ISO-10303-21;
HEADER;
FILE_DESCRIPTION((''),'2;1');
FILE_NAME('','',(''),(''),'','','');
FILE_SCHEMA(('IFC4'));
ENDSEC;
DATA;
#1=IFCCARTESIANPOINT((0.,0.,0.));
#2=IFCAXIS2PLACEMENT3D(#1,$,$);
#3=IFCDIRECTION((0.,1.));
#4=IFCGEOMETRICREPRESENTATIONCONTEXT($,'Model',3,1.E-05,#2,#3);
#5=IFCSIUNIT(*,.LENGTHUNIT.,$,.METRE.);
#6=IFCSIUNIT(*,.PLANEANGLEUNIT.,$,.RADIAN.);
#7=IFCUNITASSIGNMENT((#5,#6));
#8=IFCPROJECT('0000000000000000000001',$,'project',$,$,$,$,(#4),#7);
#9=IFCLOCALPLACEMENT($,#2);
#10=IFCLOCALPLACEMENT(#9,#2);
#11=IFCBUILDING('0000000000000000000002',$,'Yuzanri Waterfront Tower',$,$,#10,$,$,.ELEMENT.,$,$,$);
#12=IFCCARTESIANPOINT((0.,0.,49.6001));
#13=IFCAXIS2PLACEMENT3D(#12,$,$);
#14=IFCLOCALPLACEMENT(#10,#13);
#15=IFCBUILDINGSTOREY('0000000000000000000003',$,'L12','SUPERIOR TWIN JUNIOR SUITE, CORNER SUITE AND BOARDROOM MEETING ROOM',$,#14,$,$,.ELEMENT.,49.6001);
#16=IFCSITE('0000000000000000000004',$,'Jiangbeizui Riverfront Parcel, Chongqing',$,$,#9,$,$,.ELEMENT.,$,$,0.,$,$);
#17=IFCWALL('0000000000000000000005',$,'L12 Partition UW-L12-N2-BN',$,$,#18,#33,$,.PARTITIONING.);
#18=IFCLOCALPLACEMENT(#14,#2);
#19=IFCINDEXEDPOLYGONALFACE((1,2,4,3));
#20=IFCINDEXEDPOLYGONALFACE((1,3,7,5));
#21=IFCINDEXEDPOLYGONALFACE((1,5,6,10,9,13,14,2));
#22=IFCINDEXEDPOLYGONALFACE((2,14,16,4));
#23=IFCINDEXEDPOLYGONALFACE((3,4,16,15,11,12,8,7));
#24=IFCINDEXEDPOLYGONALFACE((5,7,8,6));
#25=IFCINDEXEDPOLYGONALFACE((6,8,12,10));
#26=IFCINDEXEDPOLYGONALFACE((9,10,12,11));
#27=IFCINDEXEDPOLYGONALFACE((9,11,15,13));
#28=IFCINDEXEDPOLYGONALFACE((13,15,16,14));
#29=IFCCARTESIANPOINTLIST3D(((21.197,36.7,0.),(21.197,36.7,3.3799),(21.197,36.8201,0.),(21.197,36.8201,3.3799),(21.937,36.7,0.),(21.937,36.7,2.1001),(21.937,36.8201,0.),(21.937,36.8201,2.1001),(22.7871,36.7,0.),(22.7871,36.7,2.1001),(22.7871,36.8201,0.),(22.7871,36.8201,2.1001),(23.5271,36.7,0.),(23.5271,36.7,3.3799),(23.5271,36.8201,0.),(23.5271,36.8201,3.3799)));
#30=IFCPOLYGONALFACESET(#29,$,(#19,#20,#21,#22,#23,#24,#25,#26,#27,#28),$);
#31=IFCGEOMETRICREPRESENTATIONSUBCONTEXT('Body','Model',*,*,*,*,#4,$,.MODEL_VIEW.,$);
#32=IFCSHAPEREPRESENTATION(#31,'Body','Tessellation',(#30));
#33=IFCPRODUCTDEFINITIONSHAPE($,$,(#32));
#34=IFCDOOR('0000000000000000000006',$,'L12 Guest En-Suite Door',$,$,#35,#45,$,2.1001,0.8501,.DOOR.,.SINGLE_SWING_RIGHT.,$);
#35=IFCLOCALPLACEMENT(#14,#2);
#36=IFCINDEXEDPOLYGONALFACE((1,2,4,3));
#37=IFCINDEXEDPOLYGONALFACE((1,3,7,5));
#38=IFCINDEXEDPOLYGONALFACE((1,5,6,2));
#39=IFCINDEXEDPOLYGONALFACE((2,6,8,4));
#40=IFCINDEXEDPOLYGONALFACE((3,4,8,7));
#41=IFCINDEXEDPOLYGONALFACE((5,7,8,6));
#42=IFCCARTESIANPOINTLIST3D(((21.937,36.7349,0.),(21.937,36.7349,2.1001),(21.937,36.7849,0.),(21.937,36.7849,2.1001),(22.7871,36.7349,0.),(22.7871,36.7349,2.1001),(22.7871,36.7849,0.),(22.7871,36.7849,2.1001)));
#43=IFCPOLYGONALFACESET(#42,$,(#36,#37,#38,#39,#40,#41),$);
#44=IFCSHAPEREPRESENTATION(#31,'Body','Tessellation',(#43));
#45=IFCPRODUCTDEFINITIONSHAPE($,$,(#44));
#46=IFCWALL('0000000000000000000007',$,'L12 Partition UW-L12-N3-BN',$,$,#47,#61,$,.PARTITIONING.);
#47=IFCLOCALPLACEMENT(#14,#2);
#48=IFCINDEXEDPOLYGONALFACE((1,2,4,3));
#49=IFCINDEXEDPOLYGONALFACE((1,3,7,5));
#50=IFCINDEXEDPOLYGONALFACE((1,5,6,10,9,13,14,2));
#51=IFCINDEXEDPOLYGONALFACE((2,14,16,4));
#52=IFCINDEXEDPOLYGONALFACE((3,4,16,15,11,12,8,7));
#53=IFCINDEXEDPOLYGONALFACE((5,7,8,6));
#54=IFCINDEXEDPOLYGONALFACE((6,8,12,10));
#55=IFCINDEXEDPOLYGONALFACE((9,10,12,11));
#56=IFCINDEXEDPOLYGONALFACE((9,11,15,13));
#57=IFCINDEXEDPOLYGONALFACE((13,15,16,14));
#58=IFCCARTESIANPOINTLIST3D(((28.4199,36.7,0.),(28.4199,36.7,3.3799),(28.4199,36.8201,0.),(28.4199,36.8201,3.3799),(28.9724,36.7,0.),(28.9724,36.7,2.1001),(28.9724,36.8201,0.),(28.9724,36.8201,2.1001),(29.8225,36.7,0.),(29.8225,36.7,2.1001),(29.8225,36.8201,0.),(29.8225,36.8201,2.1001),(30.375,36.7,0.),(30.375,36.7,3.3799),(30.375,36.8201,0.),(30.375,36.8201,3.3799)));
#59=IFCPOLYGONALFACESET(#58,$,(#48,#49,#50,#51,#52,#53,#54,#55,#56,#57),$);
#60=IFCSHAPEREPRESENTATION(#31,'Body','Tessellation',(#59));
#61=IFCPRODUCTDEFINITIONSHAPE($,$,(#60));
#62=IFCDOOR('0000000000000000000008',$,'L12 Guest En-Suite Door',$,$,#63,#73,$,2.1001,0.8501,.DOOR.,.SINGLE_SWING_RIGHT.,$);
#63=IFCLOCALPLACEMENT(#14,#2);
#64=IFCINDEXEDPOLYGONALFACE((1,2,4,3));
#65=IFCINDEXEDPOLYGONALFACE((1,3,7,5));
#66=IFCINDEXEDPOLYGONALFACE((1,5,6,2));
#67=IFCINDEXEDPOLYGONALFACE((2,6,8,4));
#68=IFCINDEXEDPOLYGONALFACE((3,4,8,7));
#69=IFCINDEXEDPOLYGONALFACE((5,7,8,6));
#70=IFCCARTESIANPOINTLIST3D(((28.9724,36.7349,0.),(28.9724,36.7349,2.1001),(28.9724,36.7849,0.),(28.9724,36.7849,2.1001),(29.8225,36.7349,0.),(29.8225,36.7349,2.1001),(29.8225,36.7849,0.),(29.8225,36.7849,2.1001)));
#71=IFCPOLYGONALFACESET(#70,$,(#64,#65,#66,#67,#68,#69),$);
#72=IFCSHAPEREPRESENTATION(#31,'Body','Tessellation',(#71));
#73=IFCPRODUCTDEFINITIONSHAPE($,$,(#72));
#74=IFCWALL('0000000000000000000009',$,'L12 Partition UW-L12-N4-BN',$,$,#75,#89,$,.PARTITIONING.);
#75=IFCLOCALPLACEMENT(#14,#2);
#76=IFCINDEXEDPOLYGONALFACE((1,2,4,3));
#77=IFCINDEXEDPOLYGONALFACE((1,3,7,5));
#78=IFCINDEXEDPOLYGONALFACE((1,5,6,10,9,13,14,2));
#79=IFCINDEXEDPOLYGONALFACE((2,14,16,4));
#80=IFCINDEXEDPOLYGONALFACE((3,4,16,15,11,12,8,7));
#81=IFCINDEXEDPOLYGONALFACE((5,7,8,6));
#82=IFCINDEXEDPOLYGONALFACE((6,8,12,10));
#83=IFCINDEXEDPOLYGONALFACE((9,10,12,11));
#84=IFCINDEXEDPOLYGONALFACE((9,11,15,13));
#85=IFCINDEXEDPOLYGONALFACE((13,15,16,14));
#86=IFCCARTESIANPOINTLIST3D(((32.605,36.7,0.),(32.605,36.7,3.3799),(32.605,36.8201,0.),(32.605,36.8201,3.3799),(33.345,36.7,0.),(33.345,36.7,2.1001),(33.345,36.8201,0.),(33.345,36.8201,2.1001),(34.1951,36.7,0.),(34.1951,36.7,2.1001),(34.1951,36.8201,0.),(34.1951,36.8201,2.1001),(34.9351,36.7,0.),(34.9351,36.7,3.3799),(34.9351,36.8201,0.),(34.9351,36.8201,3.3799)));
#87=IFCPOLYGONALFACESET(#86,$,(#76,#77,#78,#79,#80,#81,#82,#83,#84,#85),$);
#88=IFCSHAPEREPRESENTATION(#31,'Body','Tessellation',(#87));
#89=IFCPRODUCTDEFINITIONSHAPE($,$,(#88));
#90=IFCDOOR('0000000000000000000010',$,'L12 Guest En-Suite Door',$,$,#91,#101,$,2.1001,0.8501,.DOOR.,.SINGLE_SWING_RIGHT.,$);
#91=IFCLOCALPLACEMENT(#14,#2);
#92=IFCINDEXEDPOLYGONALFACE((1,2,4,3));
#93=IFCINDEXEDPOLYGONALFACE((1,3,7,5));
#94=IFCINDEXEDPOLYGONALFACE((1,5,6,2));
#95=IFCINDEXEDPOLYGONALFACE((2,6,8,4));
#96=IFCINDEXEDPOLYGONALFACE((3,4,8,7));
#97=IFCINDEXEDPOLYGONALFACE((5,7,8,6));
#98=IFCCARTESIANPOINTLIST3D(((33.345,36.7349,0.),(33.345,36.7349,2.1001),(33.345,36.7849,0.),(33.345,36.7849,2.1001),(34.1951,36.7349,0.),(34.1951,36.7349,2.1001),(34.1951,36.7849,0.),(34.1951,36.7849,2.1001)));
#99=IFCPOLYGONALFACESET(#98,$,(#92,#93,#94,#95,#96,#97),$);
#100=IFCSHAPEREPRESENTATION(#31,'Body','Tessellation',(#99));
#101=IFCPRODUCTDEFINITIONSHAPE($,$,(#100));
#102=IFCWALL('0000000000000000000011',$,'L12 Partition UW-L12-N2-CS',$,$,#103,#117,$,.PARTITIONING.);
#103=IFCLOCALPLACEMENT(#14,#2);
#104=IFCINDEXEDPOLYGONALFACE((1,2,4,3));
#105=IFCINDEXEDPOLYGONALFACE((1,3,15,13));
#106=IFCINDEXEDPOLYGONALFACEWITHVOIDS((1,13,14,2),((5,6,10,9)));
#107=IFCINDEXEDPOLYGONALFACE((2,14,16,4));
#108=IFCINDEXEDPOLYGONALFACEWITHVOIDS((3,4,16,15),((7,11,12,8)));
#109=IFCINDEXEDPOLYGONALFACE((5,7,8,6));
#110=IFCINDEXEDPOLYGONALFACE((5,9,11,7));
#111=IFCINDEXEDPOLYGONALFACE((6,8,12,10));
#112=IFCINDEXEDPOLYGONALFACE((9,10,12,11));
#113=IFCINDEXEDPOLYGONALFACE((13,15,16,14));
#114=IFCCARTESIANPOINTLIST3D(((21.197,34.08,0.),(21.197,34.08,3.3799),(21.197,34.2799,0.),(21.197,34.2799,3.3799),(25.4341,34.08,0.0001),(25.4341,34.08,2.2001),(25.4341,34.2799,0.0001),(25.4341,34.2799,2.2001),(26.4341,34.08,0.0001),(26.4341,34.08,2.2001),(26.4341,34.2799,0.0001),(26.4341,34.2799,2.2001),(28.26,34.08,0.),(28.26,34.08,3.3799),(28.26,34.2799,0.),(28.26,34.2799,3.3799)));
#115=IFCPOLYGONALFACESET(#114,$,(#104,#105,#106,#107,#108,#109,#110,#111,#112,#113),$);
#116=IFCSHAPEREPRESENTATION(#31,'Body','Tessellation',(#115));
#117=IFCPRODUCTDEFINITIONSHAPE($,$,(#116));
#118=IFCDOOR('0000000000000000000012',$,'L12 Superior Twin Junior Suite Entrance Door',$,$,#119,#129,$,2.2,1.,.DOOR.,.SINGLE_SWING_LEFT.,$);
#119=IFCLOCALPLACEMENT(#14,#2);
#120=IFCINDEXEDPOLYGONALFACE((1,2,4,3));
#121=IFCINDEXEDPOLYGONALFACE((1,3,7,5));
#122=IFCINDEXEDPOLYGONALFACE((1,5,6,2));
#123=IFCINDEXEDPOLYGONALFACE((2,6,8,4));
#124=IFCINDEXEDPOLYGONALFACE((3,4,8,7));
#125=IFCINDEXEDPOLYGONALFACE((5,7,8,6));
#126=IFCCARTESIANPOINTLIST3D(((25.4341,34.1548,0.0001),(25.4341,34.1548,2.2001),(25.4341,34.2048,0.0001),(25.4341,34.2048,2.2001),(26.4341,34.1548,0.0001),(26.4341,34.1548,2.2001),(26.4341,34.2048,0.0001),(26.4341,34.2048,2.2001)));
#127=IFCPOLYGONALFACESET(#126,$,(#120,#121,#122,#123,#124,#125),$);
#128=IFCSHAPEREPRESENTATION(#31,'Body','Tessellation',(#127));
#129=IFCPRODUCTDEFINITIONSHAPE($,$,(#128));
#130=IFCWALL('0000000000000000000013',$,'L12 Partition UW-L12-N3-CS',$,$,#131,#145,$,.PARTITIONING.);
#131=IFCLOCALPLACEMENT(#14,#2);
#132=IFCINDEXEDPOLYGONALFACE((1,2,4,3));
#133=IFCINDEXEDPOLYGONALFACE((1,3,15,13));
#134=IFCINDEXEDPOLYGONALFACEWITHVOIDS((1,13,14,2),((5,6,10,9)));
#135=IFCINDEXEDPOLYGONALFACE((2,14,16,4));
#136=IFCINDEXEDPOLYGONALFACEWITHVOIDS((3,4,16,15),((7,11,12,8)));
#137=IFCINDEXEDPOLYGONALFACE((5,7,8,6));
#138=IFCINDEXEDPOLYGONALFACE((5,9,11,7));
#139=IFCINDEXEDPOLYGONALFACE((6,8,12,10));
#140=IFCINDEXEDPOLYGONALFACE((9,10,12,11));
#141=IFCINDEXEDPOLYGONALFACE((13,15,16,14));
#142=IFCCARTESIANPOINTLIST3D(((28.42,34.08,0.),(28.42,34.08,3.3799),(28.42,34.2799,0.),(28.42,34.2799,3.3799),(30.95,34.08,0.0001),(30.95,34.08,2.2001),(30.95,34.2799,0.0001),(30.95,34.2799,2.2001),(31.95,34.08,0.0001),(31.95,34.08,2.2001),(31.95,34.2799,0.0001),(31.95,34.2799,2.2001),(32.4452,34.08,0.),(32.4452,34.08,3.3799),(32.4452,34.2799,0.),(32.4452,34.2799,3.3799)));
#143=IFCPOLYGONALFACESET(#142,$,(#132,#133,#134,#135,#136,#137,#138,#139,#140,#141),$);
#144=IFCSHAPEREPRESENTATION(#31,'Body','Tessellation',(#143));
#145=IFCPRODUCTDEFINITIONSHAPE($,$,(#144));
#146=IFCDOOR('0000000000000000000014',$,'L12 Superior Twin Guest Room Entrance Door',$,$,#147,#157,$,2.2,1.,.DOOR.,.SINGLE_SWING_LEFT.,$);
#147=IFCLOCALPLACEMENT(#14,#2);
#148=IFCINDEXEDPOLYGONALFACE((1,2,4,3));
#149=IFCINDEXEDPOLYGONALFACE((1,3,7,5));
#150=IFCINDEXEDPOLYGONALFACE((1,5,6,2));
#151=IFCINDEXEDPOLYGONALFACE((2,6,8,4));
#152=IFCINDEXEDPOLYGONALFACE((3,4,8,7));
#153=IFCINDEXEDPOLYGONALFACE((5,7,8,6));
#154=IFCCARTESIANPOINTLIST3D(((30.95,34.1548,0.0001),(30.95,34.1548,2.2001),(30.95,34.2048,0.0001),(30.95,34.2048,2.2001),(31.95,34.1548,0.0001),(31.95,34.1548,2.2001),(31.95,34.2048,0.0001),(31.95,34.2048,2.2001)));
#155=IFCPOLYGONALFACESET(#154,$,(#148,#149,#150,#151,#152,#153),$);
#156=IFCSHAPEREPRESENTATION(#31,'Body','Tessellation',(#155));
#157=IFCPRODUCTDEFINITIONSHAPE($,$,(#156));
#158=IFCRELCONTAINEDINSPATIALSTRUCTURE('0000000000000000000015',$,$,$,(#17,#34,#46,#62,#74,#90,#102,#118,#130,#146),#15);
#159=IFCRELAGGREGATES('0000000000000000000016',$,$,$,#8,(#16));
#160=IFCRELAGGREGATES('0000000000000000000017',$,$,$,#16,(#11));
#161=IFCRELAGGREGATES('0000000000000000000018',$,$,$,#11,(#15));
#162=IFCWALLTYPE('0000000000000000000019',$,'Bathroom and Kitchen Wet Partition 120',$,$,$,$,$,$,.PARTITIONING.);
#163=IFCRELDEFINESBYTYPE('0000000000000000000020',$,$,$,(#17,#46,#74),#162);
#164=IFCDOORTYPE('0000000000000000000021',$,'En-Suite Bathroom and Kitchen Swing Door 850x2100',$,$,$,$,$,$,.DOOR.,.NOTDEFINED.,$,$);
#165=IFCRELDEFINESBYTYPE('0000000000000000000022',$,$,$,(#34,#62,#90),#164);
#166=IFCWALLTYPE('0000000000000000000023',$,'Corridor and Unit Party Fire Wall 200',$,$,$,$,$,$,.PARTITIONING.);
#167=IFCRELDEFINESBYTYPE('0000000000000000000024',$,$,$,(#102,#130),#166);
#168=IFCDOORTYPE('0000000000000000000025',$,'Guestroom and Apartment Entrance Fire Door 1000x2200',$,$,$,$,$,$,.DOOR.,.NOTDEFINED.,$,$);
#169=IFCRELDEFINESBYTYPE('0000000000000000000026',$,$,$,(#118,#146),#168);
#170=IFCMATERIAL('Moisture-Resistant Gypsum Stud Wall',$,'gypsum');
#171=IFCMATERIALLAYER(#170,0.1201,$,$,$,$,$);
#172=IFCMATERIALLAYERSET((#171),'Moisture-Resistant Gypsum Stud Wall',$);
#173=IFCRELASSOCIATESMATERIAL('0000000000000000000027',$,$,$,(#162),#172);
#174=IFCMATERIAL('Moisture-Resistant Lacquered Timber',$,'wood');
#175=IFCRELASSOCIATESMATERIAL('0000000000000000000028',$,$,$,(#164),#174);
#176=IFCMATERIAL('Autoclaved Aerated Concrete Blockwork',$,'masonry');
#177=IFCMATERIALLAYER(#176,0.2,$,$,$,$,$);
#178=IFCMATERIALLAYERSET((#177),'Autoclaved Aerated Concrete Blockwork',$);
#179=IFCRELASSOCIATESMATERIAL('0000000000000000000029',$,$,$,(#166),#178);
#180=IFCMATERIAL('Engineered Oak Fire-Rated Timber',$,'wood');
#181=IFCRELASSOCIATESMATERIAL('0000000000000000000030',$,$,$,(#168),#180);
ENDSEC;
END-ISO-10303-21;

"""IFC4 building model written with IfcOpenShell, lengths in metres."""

from ifc_helpers import new_model, si_unit, direction, frame, frame_2d, origin, place, context, subcontext, project, spatial, rectangle, extrude, source, transform, mapped, material, layer, layer_set, type_object, element, fill, save


model = new_model("IFC4")

# Units and contexts
model_context = context("Model", 3, precision=1e-05, world=origin(), true_north=direction((0.0, 1.0)))
body_context = subcontext(model_context, "Body", "Model", "MODEL_VIEW")
ifc_project = project(units=[si_unit("LENGTHUNIT", "METRE"), si_unit("PLANEANGLEUNIT", "RADIAN")], contexts=[model_context])

# Site, building, storey
site_placement = place(None, origin())
site = spatial("IfcSite", under=ifc_project, at=site_placement, Name="Jiangbeizui Riverfront Parcel, Chongqing", CompositionType="ELEMENT", RefElevation=0.0)
building_placement = place(site_placement, origin())
building = spatial("IfcBuilding", under=site, at=building_placement, Name="Yuzanri Waterfront Tower", CompositionType="ELEMENT")
storey_placement = place(building_placement, frame((0.0, 0.0, 49.6001)))
storey = spatial("IfcBuildingStorey", under=building, at=storey_placement, Name="L12", Description="SUPERIOR TWIN JUNIOR SUITE, CORNER SUITE AND BOARDROOM MEETING ROOM", CompositionType="ELEMENT", Elevation=49.6001)

# Walls, openings, doors
ifc_material_1 = material(Name="Moisture-Resistant Gypsum Stud Wall", Category="gypsum")
ifc_layer_1 = layer(ifc_material_1, 0.1201)
ifc_layer_set_1 = layer_set([ifc_layer_1], Name="Moisture-Resistant Gypsum Stud Wall")
wall_type_1 = type_object("IfcWallType", Name="Bathroom and Kitchen Wet Partition 120", PredefinedType="PARTITIONING", material=ifc_layer_set_1)
wall_1_placement = place(storey_placement, frame((21.197, 36.76, 0.0), z_axis=(0.0, 0.0, 1.0), x_axis=(1.0, 0.0, 0.0)))
wall_1 = element("IfcWall", 1, at=wall_1_placement, inside=storey, type_object=wall_type_1, Name="L12 Partition UW-L12-N2-BN", PredefinedType="PARTITIONING", context=body_context, shape_type="SweptSolid", body=[
    extrude(rectangle(XDim=2.3301, YDim=0.1201, at=frame_2d((1.165, 0.0))), origin(), (0.0, 0.0, 1.0), 3.3799),
])
opening_1_placement = place(wall_1_placement, frame((0.74, 0.0, 0.0)))
opening_1 = element("IfcOpeningElement", 2, at=opening_1_placement, cuts=wall_1, PredefinedType="OPENING", context=body_context, shape_type="SweptSolid", body=[
    extrude(rectangle(XDim=0.8501, YDim=2.1001, at=frame_2d((0.425, 1.05))), frame((0.0, 0.075, 0.0), z_axis=(0.0, -1.0, 0.0), x_axis=(1.0, 0.0, 0.0)), (0.0, 0.0, 1.0), 0.1499),
])
ifc_material_2 = material(Name="Moisture-Resistant Lacquered Timber", Category="wood")
door_type_1 = type_object("IfcDoorType", Name="En-Suite Bathroom and Kitchen Swing Door 850x2100", OperationType="NOTDEFINED", PredefinedType="DOOR", material=ifc_material_2)
shared_shape_1 = source(origin(), body_context, "Body", "SweptSolid", [
    extrude(rectangle(XDim=0.8501, YDim=2.1001, at=frame_2d((0.425, 1.05))), frame((0.0, 0.0249, 0.0), z_axis=(0.0, -1.0, 0.0), x_axis=(1.0, 0.0, 0.0)), (0.0, 0.0, 1.0), 0.05),
])
door_1_placement = place(opening_1_placement, origin())
door_1 = element("IfcDoor", 3, at=door_1_placement, inside=storey, type_object=door_type_1, Name="L12 Guest En-Suite Door", OperationType="SINGLE_SWING_RIGHT", OverallHeight=2.1001, OverallWidth=0.8501, PredefinedType="DOOR", context=body_context, shape_type="MappedRepresentation", body=[
    mapped(shared_shape_1, transform((0.0, 0.0, 0.0), scale=1.0)),
])
fill(opening_1, door_1)
wall_2_placement = place(storey_placement, frame((28.4199, 36.76, 0.0), z_axis=(0.0, 0.0, 1.0), x_axis=(1.0, 0.0, 0.0)))
wall_2 = element("IfcWall", 4, at=wall_2_placement, inside=storey, type_object=wall_type_1, Name="L12 Partition UW-L12-N3-BN", PredefinedType="PARTITIONING", context=body_context, shape_type="SweptSolid", body=[
    extrude(rectangle(XDim=1.9551, YDim=0.1201, at=frame_2d((0.9775, 0.0))), origin(), (0.0, 0.0, 1.0), 3.3799),
])
opening_2_placement = place(wall_2_placement, frame((0.5525, 0.0, 0.0)))
opening_2 = element("IfcOpeningElement", 5, at=opening_2_placement, cuts=wall_2, PredefinedType="OPENING", context=body_context, shape_type="SweptSolid", body=[
    extrude(rectangle(XDim=0.8501, YDim=2.1001, at=frame_2d((0.425, 1.05))), frame((0.0, 0.075, 0.0), z_axis=(0.0, -1.0, 0.0), x_axis=(1.0, 0.0, 0.0)), (0.0, 0.0, 1.0), 0.1499),
])
door_2_placement = place(opening_2_placement, origin())
door_2 = element("IfcDoor", 6, at=door_2_placement, inside=storey, type_object=door_type_1, Name="L12 Guest En-Suite Door", OperationType="SINGLE_SWING_RIGHT", OverallHeight=2.1001, OverallWidth=0.8501, PredefinedType="DOOR", context=body_context, shape_type="MappedRepresentation", body=[
    mapped(shared_shape_1, transform((0.0, 0.0, 0.0), scale=1.0)),
])
fill(opening_2, door_2)
wall_3_placement = place(storey_placement, frame((32.605, 36.76, 0.0), z_axis=(0.0, 0.0, 1.0), x_axis=(1.0, 0.0, 0.0)))
wall_3 = element("IfcWall", 7, at=wall_3_placement, inside=storey, type_object=wall_type_1, Name="L12 Partition UW-L12-N4-BN", PredefinedType="PARTITIONING", context=body_context, shape_type="SweptSolid", body=[
    extrude(rectangle(XDim=2.3301, YDim=0.1201, at=frame_2d((1.165, 0.0))), origin(), (0.0, 0.0, 1.0), 3.3799),
])
opening_3_placement = place(wall_3_placement, frame((0.74, 0.0, 0.0)))
opening_3 = element("IfcOpeningElement", 8, at=opening_3_placement, cuts=wall_3, PredefinedType="OPENING", context=body_context, shape_type="SweptSolid", body=[
    extrude(rectangle(XDim=0.8501, YDim=2.1001, at=frame_2d((0.425, 1.05))), frame((0.0, 0.075, 0.0), z_axis=(0.0, -1.0, 0.0), x_axis=(1.0, 0.0, 0.0)), (0.0, 0.0, 1.0), 0.1499),
])
door_3_placement = place(opening_3_placement, origin())
door_3 = element("IfcDoor", 9, at=door_3_placement, inside=storey, type_object=door_type_1, Name="L12 Guest En-Suite Door", OperationType="SINGLE_SWING_RIGHT", OverallHeight=2.1001, OverallWidth=0.8501, PredefinedType="DOOR", context=body_context, shape_type="MappedRepresentation", body=[
    mapped(shared_shape_1, transform((0.0, 0.0, 0.0), scale=1.0)),
])
fill(opening_3, door_3)
ifc_material_3 = material(Name="Autoclaved Aerated Concrete Blockwork", Category="masonry")
ifc_layer_2 = layer(ifc_material_3, 0.2)
ifc_layer_set_2 = layer_set([ifc_layer_2], Name="Autoclaved Aerated Concrete Blockwork")
wall_type_2 = type_object("IfcWallType", Name="Corridor and Unit Party Fire Wall 200", PredefinedType="PARTITIONING", material=ifc_layer_set_2)
wall_4_placement = place(storey_placement, frame((21.197, 34.1799, 0.0), z_axis=(0.0, 0.0, 1.0), x_axis=(1.0, 0.0, 0.0)))
wall_4 = element("IfcWall", 10, at=wall_4_placement, inside=storey, type_object=wall_type_2, Name="L12 Partition UW-L12-N2-CS", PredefinedType="PARTITIONING", context=body_context, shape_type="SweptSolid", body=[
    extrude(rectangle(XDim=7.063, YDim=0.2, at=frame_2d((3.5315, 0.0))), origin(), (0.0, 0.0, 1.0), 3.3799),
])
opening_4_placement = place(wall_4_placement, frame((4.2371, 0.0, 0.0)))
opening_4 = element("IfcOpeningElement", 11, at=opening_4_placement, cuts=wall_4, PredefinedType="OPENING", context=body_context, shape_type="SweptSolid", body=[
    extrude(rectangle(XDim=1.0, YDim=2.2, at=frame_2d((0.5, 1.1001))), frame((0.0, 0.1147, 0.0), z_axis=(0.0, -1.0, 0.0), x_axis=(1.0, 0.0, 0.0)), (0.0, 0.0, 1.0), 0.2297),
])
ifc_material_4 = material(Name="Engineered Oak Fire-Rated Timber", Category="wood")
door_type_2 = type_object("IfcDoorType", Name="Guestroom and Apartment Entrance Fire Door 1000x2200", OperationType="NOTDEFINED", PredefinedType="DOOR", material=ifc_material_4)
shared_shape_2 = source(origin(), body_context, "Body", "SweptSolid", [
    extrude(rectangle(XDim=1.0, YDim=2.2, at=frame_2d((0.5, 1.1001))), frame((0.0, 0.0249, 0.0), z_axis=(0.0, -1.0, 0.0), x_axis=(1.0, 0.0, 0.0)), (0.0, 0.0, 1.0), 0.05),
])
door_4_placement = place(opening_4_placement, origin())
door_4 = element("IfcDoor", 12, at=door_4_placement, inside=storey, type_object=door_type_2, Name="L12 Superior Twin Junior Suite Entrance Door", OperationType="SINGLE_SWING_LEFT", OverallHeight=2.2, OverallWidth=1.0, PredefinedType="DOOR", context=body_context, shape_type="MappedRepresentation", body=[
    mapped(shared_shape_2, transform((0.0, 0.0, 0.0), scale=1.0)),
])
fill(opening_4, door_4)
wall_5_placement = place(storey_placement, frame((28.4199, 34.1799, 0.0), z_axis=(0.0, 0.0, 1.0), x_axis=(1.0, 0.0, 0.0)))
wall_5 = element("IfcWall", 13, at=wall_5_placement, inside=storey, type_object=wall_type_2, Name="L12 Partition UW-L12-N3-CS", PredefinedType="PARTITIONING", context=body_context, shape_type="SweptSolid", body=[
    extrude(rectangle(XDim=4.0251, YDim=0.2, at=frame_2d((2.0127, 0.0))), origin(), (0.0, 0.0, 1.0), 3.3799),
])
opening_5_placement = place(wall_5_placement, frame((2.53, 0.0, 0.0)))
opening_5 = element("IfcOpeningElement", 14, at=opening_5_placement, cuts=wall_5, PredefinedType="OPENING", context=body_context, shape_type="SweptSolid", body=[
    extrude(rectangle(XDim=1.0, YDim=2.2, at=frame_2d((0.5, 1.1001))), frame((0.0, 0.1147, 0.0), z_axis=(0.0, -1.0, 0.0), x_axis=(1.0, 0.0, 0.0)), (0.0, 0.0, 1.0), 0.2297),
])
door_5_placement = place(opening_5_placement, origin())
door_5 = element("IfcDoor", 15, at=door_5_placement, inside=storey, type_object=door_type_2, Name="L12 Superior Twin Guest Room Entrance Door", OperationType="SINGLE_SWING_LEFT", OverallHeight=2.2, OverallWidth=1.0, PredefinedType="DOOR", context=body_context, shape_type="MappedRepresentation", body=[
    mapped(shared_shape_2, transform((0.0, 0.0, 0.0), scale=1.0)),
])
fill(opening_5, door_5)

save(model, "model.ifc")
